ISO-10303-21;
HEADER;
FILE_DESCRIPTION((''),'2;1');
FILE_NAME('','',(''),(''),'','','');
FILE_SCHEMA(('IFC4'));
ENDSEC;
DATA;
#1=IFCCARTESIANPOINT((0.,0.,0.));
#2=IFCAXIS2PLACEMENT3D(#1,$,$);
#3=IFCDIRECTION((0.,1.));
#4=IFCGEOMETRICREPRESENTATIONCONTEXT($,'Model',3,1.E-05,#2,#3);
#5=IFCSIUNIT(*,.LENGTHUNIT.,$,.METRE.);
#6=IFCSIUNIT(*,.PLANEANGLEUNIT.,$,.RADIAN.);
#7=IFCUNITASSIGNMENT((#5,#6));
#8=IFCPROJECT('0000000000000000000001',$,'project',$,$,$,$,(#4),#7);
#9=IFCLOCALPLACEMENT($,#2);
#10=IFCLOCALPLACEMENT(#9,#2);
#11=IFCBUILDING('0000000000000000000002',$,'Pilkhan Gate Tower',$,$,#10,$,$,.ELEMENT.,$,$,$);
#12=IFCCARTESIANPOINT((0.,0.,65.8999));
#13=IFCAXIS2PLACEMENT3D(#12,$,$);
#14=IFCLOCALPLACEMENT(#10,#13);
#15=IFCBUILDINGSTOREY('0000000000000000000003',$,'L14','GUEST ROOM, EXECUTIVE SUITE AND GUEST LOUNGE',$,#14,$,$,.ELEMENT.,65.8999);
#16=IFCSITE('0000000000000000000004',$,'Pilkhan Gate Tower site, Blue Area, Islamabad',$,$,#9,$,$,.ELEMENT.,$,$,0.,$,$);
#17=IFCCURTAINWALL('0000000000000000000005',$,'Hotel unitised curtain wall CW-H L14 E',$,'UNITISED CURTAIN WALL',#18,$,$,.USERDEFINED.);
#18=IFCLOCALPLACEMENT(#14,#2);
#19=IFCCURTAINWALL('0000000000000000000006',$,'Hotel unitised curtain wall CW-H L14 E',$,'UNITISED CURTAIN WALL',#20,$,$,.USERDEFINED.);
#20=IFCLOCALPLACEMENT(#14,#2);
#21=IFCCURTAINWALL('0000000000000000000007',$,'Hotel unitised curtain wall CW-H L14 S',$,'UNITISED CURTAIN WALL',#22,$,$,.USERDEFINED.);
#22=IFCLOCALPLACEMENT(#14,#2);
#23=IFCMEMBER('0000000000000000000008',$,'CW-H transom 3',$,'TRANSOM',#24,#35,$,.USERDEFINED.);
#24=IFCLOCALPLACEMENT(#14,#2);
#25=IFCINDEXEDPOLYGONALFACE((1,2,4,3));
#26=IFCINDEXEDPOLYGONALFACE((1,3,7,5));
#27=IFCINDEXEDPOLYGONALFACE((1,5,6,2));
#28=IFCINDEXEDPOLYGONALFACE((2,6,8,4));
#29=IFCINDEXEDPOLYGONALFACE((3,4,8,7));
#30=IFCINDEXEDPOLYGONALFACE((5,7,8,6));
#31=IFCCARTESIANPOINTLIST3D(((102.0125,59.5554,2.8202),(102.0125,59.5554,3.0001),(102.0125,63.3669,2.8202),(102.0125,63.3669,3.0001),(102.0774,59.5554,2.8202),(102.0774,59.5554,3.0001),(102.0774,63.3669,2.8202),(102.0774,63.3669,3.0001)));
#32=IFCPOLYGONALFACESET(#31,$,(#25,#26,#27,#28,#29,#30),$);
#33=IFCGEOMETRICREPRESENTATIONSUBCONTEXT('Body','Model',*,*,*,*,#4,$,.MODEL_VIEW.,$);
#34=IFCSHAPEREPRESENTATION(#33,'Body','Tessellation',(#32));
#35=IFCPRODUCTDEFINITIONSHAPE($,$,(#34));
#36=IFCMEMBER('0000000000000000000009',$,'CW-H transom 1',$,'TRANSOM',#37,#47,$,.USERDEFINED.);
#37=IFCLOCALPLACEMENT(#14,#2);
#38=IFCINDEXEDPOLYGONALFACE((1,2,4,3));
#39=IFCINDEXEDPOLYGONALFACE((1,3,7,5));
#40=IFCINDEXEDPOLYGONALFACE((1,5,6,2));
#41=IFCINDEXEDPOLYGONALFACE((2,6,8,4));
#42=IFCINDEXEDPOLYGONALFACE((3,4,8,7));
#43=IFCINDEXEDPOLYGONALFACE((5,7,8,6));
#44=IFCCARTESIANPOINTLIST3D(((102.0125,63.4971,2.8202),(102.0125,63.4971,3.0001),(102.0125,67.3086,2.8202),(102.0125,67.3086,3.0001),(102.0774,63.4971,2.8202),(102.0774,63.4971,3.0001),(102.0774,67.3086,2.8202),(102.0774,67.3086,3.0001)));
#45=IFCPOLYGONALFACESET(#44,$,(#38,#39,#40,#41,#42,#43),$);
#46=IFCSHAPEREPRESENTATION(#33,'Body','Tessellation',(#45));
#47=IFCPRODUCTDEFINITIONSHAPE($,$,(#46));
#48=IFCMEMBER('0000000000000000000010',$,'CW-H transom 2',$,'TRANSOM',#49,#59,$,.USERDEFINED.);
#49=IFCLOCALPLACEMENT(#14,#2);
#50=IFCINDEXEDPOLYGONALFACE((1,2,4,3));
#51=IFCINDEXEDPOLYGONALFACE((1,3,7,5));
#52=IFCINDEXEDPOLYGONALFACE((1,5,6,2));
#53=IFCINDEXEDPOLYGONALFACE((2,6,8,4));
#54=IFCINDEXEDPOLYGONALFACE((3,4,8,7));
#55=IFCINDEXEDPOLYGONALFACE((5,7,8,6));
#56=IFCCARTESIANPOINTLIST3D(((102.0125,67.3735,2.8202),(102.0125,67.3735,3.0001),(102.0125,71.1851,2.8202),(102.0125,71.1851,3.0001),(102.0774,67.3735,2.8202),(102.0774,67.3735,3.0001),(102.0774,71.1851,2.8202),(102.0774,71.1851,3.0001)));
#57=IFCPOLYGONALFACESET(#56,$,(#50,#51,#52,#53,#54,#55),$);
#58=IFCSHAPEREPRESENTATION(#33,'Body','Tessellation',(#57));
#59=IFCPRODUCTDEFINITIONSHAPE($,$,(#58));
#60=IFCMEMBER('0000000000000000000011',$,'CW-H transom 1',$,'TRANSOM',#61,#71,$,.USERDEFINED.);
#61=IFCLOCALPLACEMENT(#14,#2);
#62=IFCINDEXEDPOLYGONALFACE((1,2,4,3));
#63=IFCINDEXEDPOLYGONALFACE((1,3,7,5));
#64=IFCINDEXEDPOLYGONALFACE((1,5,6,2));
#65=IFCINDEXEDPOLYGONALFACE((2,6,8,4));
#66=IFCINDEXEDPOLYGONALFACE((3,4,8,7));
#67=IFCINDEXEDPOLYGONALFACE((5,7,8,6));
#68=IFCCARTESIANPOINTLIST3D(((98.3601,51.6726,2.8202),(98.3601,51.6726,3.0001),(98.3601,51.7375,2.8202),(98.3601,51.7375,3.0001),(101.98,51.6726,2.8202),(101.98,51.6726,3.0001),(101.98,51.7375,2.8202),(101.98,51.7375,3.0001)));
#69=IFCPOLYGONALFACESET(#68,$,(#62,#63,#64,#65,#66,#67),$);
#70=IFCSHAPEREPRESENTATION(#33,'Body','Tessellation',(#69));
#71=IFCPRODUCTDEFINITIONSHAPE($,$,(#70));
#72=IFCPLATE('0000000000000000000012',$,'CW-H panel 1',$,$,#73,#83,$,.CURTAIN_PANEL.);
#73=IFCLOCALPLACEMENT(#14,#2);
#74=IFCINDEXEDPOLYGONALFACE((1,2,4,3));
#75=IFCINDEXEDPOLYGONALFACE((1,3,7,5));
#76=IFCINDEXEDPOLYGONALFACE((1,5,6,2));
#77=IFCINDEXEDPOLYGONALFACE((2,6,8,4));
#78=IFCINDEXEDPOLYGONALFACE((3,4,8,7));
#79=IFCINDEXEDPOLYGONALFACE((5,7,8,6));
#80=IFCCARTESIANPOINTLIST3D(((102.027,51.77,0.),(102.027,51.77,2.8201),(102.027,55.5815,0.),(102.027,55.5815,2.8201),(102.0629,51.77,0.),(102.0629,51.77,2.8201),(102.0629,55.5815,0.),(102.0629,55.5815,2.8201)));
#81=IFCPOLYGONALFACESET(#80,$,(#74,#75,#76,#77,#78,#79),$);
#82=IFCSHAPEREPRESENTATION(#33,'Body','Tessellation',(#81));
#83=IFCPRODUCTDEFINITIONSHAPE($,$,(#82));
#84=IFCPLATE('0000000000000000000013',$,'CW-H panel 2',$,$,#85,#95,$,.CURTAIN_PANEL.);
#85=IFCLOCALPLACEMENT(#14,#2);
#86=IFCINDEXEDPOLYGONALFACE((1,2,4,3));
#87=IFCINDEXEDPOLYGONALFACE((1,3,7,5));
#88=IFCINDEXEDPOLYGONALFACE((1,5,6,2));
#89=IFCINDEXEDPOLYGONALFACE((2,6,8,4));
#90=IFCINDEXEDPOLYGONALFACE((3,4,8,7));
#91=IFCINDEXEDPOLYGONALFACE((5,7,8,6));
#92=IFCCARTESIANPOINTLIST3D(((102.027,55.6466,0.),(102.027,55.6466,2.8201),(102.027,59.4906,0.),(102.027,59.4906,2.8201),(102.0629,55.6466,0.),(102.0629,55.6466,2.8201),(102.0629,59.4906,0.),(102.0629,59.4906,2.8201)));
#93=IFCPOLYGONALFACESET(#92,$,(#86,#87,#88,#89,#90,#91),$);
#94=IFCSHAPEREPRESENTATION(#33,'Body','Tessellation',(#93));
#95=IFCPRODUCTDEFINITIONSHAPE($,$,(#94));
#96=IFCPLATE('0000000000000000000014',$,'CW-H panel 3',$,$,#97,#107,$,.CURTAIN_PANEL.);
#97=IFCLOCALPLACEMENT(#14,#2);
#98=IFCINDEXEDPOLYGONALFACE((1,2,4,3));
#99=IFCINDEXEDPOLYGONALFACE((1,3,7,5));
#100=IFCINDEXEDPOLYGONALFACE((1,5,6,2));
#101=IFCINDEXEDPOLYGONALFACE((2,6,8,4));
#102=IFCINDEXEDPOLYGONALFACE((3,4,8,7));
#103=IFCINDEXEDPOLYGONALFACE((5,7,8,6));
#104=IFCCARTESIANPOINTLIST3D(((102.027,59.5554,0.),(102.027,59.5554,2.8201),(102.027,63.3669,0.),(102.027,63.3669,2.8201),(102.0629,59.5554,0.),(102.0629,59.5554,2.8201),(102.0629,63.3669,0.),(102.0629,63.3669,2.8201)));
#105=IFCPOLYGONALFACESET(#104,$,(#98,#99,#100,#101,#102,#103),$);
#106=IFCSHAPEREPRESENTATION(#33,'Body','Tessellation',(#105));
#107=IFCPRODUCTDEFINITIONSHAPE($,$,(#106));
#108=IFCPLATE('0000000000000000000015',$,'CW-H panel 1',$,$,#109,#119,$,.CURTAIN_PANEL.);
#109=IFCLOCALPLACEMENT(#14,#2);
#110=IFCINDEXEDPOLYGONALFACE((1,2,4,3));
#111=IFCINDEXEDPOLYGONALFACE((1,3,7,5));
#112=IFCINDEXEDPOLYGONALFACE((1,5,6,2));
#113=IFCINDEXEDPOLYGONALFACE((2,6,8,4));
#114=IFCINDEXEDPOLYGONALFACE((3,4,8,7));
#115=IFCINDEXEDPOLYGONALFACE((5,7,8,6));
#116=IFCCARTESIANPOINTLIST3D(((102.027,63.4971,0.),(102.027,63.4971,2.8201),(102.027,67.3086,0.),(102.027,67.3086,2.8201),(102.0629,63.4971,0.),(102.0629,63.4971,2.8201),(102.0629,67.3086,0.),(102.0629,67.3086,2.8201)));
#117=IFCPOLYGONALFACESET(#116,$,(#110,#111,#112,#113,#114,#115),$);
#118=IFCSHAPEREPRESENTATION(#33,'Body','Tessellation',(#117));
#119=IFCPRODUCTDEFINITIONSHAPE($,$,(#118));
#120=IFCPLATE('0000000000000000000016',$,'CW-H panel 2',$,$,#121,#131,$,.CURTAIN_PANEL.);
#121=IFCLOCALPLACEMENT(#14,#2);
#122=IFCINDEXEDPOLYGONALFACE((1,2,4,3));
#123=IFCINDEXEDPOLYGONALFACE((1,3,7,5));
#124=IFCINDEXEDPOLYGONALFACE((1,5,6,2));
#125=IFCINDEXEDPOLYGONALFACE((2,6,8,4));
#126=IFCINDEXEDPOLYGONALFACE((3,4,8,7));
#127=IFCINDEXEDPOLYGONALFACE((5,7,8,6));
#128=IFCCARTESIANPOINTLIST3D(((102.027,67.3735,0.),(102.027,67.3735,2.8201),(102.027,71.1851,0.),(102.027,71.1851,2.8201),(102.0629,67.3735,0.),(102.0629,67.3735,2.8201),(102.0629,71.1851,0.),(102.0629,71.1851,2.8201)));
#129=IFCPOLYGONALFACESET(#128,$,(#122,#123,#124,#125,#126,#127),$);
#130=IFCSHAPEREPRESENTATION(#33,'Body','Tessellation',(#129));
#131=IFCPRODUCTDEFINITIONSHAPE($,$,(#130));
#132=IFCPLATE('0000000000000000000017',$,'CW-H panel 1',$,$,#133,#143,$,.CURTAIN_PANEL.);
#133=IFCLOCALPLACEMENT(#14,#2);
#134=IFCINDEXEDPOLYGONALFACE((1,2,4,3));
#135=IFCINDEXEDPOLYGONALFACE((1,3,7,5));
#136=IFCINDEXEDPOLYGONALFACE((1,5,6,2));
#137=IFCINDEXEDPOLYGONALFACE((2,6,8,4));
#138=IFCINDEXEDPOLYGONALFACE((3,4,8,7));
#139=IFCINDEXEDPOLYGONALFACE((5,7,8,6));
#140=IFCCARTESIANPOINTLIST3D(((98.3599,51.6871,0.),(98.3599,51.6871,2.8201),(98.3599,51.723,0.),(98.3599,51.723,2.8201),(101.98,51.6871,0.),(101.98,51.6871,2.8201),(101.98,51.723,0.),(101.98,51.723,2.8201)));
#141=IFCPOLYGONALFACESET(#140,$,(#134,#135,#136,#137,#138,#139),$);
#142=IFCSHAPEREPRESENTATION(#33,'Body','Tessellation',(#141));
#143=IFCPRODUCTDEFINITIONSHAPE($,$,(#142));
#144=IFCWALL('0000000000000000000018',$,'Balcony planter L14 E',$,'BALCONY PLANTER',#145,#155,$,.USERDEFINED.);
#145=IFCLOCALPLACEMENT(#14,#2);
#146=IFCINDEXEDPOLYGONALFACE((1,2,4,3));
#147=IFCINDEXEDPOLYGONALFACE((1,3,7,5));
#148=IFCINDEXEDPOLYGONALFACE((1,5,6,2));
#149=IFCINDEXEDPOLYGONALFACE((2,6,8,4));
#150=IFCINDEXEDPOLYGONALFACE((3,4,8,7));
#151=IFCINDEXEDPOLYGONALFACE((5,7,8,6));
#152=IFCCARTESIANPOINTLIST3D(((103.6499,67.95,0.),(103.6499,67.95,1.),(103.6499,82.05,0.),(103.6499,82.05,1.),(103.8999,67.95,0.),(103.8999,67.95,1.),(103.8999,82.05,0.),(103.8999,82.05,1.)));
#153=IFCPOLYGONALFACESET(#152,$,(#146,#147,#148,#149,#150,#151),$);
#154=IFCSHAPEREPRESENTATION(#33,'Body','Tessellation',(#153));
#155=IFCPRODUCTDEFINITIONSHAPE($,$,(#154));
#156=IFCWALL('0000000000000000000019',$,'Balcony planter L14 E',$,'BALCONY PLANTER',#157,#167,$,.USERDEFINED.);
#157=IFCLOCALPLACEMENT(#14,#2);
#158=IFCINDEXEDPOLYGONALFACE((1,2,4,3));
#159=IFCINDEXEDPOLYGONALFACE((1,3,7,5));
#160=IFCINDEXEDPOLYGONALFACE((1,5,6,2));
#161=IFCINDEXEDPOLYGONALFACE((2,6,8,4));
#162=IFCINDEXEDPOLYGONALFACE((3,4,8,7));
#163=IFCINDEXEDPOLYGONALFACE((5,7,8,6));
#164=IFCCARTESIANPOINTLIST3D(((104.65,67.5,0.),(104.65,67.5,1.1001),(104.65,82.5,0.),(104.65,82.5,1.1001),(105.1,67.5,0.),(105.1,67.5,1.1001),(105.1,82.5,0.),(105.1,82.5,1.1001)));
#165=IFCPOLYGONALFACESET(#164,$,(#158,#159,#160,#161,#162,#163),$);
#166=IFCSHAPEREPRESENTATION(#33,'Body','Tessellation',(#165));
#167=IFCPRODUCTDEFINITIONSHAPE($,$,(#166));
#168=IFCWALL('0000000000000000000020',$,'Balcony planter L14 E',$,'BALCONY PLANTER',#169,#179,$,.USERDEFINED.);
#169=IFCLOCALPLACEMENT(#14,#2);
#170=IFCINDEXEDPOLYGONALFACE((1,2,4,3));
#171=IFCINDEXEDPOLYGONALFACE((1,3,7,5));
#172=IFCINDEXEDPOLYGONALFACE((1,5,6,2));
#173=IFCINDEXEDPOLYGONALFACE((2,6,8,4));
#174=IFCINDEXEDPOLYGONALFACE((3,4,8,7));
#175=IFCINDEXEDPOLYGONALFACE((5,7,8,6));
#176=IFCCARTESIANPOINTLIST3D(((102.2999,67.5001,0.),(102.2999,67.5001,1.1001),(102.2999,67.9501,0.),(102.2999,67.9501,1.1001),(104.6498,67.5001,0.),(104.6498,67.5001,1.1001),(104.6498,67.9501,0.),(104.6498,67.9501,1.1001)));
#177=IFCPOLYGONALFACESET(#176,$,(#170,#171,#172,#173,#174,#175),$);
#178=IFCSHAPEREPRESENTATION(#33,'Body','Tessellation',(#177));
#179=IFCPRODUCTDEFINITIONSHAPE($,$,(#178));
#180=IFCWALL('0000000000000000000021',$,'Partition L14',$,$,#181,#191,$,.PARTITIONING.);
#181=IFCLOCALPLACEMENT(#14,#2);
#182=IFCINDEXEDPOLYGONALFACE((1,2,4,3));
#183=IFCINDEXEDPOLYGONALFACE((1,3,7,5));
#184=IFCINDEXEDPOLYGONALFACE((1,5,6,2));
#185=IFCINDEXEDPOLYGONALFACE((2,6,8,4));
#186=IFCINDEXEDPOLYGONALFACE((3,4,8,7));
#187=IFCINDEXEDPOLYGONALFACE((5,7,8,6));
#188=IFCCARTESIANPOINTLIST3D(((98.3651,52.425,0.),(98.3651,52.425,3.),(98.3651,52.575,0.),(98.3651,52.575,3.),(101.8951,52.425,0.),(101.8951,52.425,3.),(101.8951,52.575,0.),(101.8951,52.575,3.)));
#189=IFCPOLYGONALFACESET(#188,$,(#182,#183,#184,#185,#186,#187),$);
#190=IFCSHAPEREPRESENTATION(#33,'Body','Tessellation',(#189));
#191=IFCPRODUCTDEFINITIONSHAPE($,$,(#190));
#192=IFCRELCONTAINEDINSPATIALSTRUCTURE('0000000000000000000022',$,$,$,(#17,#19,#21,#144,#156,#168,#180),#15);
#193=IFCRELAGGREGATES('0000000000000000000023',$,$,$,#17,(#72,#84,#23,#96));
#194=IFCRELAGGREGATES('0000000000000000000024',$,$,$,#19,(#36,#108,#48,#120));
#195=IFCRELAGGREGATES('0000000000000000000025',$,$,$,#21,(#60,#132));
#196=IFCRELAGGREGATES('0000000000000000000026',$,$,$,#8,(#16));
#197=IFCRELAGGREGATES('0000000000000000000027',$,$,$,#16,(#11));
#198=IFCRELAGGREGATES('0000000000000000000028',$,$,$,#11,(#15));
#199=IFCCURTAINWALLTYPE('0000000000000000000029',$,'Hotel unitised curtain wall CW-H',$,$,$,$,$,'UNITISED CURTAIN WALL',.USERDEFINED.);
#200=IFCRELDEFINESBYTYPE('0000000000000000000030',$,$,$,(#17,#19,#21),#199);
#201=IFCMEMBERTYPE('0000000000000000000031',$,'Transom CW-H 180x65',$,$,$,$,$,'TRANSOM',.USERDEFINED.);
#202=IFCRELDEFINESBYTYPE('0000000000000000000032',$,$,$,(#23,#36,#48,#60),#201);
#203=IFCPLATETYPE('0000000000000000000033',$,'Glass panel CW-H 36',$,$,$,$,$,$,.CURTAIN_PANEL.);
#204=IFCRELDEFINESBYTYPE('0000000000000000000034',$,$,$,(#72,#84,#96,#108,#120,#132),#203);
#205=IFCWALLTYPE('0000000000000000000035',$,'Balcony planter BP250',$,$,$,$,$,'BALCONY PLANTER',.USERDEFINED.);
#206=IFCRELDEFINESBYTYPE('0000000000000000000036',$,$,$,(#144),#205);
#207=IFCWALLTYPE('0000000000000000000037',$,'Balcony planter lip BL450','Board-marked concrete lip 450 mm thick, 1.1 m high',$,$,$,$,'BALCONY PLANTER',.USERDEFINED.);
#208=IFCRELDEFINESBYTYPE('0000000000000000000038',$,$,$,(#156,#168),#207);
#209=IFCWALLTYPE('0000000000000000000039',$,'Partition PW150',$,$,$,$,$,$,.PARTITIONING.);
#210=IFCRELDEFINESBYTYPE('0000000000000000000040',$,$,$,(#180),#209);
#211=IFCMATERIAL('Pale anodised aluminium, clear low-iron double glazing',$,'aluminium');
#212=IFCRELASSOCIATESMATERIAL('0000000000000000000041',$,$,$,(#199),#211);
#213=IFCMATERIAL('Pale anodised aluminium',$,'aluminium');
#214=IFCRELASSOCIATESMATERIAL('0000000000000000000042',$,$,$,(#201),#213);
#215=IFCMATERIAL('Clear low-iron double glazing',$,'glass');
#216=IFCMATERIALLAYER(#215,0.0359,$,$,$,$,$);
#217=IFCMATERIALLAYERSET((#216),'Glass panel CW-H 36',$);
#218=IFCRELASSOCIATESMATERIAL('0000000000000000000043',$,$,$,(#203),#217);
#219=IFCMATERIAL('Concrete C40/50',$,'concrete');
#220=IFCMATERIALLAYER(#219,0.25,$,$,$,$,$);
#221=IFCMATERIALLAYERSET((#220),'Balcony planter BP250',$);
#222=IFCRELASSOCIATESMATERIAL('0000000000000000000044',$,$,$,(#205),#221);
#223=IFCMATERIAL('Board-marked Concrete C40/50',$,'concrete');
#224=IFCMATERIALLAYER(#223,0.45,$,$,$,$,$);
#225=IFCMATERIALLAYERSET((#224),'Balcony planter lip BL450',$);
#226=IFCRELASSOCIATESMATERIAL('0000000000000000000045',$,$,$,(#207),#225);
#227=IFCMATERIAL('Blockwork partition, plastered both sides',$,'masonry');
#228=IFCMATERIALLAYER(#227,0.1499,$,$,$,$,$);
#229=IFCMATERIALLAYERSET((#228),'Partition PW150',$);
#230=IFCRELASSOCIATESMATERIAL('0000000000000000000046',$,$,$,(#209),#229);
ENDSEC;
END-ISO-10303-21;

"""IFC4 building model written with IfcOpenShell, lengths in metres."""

from ifc_helpers import new_model, si_unit, direction, frame, frame_2d, origin, origin_2d, place, context, subcontext, project, spatial, rectangle, extrude, material, layer, layer_set, material_profile, profile_set, type_object, element, aggregate, save


model = new_model("IFC4")

# Units and contexts
model_context = context("Model", 3, precision=1e-05, world=origin(), true_north=direction((0.0, 1.0)))
body_context = subcontext(model_context, "Body", "Model", "MODEL_VIEW")
ifc_project = project(units=[si_unit("LENGTHUNIT", "METRE"), si_unit("PLANEANGLEUNIT", "RADIAN")], contexts=[model_context])

# Site, building, storey
site_placement = place(None, origin())
site = spatial("IfcSite", under=ifc_project, at=site_placement, Name="Pilkhan Gate Tower site, Blue Area, Islamabad", CompositionType="ELEMENT", RefElevation=0.0)
building_placement = place(site_placement, origin())
building = spatial("IfcBuilding", under=site, at=building_placement, Name="Pilkhan Gate Tower", CompositionType="ELEMENT")
storey_placement = place(building_placement, frame((0.0, 0.0, 65.8999)))
storey = spatial("IfcBuildingStorey", under=building, at=storey_placement, Name="L14", Description="GUEST ROOM, EXECUTIVE SUITE AND GUEST LOUNGE", CompositionType="ELEMENT", Elevation=65.8999)

# Curtain walls
ifc_material_1 = material(Name="Pale anodised aluminium, clear low-iron double glazing", Category="aluminium")
curtain_wall_type = type_object("IfcCurtainWallType", Name="Hotel unitised curtain wall CW-H", ElementType="UNITISED CURTAIN WALL", PredefinedType="USERDEFINED", material=ifc_material_1)
curtain_wall_1_placement = place(storey_placement, origin())
curtain_wall_1 = element("IfcCurtainWall", 1, at=curtain_wall_1_placement, inside=storey, type_object=curtain_wall_type, Name="Hotel unitised curtain wall CW-H L14 E", ObjectType="UNITISED CURTAIN WALL", PredefinedType="USERDEFINED")
ifc_material_2 = material(Name="Pale anodised aluminium", Category="aluminium")
curtain_wall_2_placement = place(storey_placement, origin())
curtain_wall_2 = element("IfcCurtainWall", 2, at=curtain_wall_2_placement, inside=storey, type_object=curtain_wall_type, Name="Hotel unitised curtain wall CW-H L14 E", ObjectType="UNITISED CURTAIN WALL", PredefinedType="USERDEFINED")

# Curtain wall
curtain_wall_3_placement = place(storey_placement, origin())
curtain_wall_3 = element("IfcCurtainWall", 3, at=curtain_wall_3_placement, inside=storey, type_object=curtain_wall_type, Name="Hotel unitised curtain wall CW-H L14 S", ObjectType="UNITISED CURTAIN WALL", PredefinedType="USERDEFINED")

# Members
ifc_material_profile_1 = material_profile(ifc_material_2, rectangle(XDim=0.0649, YDim=0.1799, at=origin_2d()), Name="Transom 180x65")
ifc_profile_set_1 = profile_set([ifc_material_profile_1], Name="Pale anodised aluminium")
member_type_1 = type_object("IfcMemberType", Name="Transom CW-H 180x65", ElementType="TRANSOM", PredefinedType="USERDEFINED", material=ifc_profile_set_1)
member_1_placement = place(storey_placement, frame((102.0449, 59.5554, 2.9102), z_axis=(0.0, 1.0, 0.0), x_axis=(-1.0, 0.0, 0.0)))
member_1 = element("IfcMember", 4, at=member_1_placement, type_object=member_type_1, Name="CW-H transom 3", ObjectType="TRANSOM", PredefinedType="USERDEFINED", context=body_context, shape_type="SweptSolid", body=[
    extrude(rectangle(XDim=0.0649, YDim=0.1799, at=origin_2d()), origin(), (0.0, 0.0, 1.0), 3.8115),
])
member_2_placement = place(storey_placement, frame((102.0449, 63.4971, 2.9102), z_axis=(0.0, 1.0, 0.0), x_axis=(-1.0, 0.0, 0.0)))
member_2 = element("IfcMember", 5, at=member_2_placement, type_object=member_type_1, Name="CW-H transom 1", ObjectType="TRANSOM", PredefinedType="USERDEFINED", context=body_context, shape_type="SweptSolid", body=[
    extrude(rectangle(XDim=0.0649, YDim=0.1799, at=origin_2d()), origin(), (0.0, 0.0, 1.0), 3.8115),
])
member_3_placement = place(storey_placement, frame((102.0449, 67.3735, 2.9102), z_axis=(0.0, 1.0, 0.0), x_axis=(-1.0, 0.0, 0.0)))
member_3 = element("IfcMember", 6, at=member_3_placement, type_object=member_type_1, Name="CW-H transom 2", ObjectType="TRANSOM", PredefinedType="USERDEFINED", context=body_context, shape_type="SweptSolid", body=[
    extrude(rectangle(XDim=0.0649, YDim=0.1799, at=origin_2d()), origin(), (0.0, 0.0, 1.0), 3.8115),
])
member_4_placement = place(storey_placement, frame((98.3601, 51.7051, 2.9102), z_axis=(1.0, 0.0, 0.0), x_axis=(0.0, 1.0, 0.0)))
member_4 = element("IfcMember", 7, at=member_4_placement, type_object=member_type_1, Name="CW-H transom 1", ObjectType="TRANSOM", PredefinedType="USERDEFINED", context=body_context, shape_type="SweptSolid", body=[
    extrude(rectangle(XDim=0.0649, YDim=0.1799, at=origin_2d()), origin(), (0.0, 0.0, 1.0), 3.6199),
])

# Plates
ifc_material_3 = material(Name="Clear low-iron double glazing", Category="glass")
ifc_layer_1 = layer(ifc_material_3, 0.0359)
ifc_layer_set_1 = layer_set([ifc_layer_1], Name="Glass panel CW-H 36")
plate_type = type_object("IfcPlateType", Name="Glass panel CW-H 36", PredefinedType="CURTAIN_PANEL", material=ifc_layer_set_1)
plate_1_placement = place(storey_placement, frame((102.0449, 53.6758, 0.0), z_axis=(0.0, 0.0, 1.0), x_axis=(0.0, 1.0, 0.0)))
plate_1 = element("IfcPlate", 8, at=plate_1_placement, type_object=plate_type, Name="CW-H panel 1", PredefinedType="CURTAIN_PANEL", context=body_context, shape_type="SweptSolid", body=[
    extrude(rectangle(XDim=3.8115, YDim=0.0359, at=origin_2d()), origin(), (0.0, 0.0, 1.0), 2.8201),
])
plate_2_placement = place(storey_placement, frame((102.0449, 57.5686, 0.0), z_axis=(0.0, 0.0, 1.0), x_axis=(0.0, 1.0, 0.0)))
plate_2 = element("IfcPlate", 9, at=plate_2_placement, type_object=plate_type, Name="CW-H panel 2", PredefinedType="CURTAIN_PANEL", context=body_context, shape_type="SweptSolid", body=[
    extrude(rectangle(XDim=3.844, YDim=0.0359, at=origin_2d()), origin(), (0.0, 0.0, 1.0), 2.8201),
])
plate_3_placement = place(storey_placement, frame((102.0449, 61.4612, 0.0), z_axis=(0.0, 0.0, 1.0), x_axis=(0.0, 1.0, 0.0)))
plate_3 = element("IfcPlate", 10, at=plate_3_placement, type_object=plate_type, Name="CW-H panel 3", PredefinedType="CURTAIN_PANEL", context=body_context, shape_type="SweptSolid", body=[
    extrude(rectangle(XDim=3.8115, YDim=0.0359, at=origin_2d()), origin(), (0.0, 0.0, 1.0), 2.8201),
])
aggregate(curtain_wall_1, [plate_1, plate_2, member_1, plate_3])
plate_4_placement = place(storey_placement, frame((102.0449, 65.4028, 0.0), z_axis=(0.0, 0.0, 1.0), x_axis=(0.0, 1.0, 0.0)))
plate_4 = element("IfcPlate", 11, at=plate_4_placement, type_object=plate_type, Name="CW-H panel 1", PredefinedType="CURTAIN_PANEL", context=body_context, shape_type="SweptSolid", body=[
    extrude(rectangle(XDim=3.8115, YDim=0.0359, at=origin_2d()), origin(), (0.0, 0.0, 1.0), 2.8201),
])
plate_5_placement = place(storey_placement, frame((102.0449, 69.2793, 0.0), z_axis=(0.0, 0.0, 1.0), x_axis=(0.0, 1.0, 0.0)))
plate_5 = element("IfcPlate", 12, at=plate_5_placement, type_object=plate_type, Name="CW-H panel 2", PredefinedType="CURTAIN_PANEL", context=body_context, shape_type="SweptSolid", body=[
    extrude(rectangle(XDim=3.8115, YDim=0.0359, at=origin_2d()), origin(), (0.0, 0.0, 1.0), 2.8201),
])
aggregate(curtain_wall_2, [member_2, plate_4, member_3, plate_5])
plate_6_placement = place(storey_placement, frame((100.1699, 51.7051, 0.0), z_axis=(0.0, 0.0, 1.0), x_axis=(1.0, 0.0, 0.0)))
plate_6 = element("IfcPlate", 13, at=plate_6_placement, type_object=plate_type, Name="CW-H panel 1", PredefinedType="CURTAIN_PANEL", context=body_context, shape_type="SweptSolid", body=[
    extrude(rectangle(XDim=3.6201, YDim=0.0359, at=origin_2d()), origin(), (0.0, 0.0, 1.0), 2.8201),
])
aggregate(curtain_wall_3, [member_4, plate_6])

# Walls
ifc_material_4 = material(Name="Concrete C40/50", Category="concrete")
ifc_layer_2 = layer(ifc_material_4, 0.25)
ifc_layer_set_2 = layer_set([ifc_layer_2], Name="Balcony planter BP250")
wall_type_1 = type_object("IfcWallType", Name="Balcony planter BP250", ElementType="BALCONY PLANTER", PredefinedType="USERDEFINED", material=ifc_layer_set_2)
wall_1_placement = place(storey_placement, frame((103.7749, 67.95, 0.0), z_axis=(0.0, 0.0, 1.0), x_axis=(0.0, 1.0, 0.0)))
element("IfcWall", 14, at=wall_1_placement, inside=storey, type_object=wall_type_1, Name="Balcony planter L14 E", ObjectType="BALCONY PLANTER", PredefinedType="USERDEFINED", context=body_context, shape_type="SweptSolid", body=[
    extrude(rectangle(XDim=14.1001, YDim=0.25, at=frame_2d((7.05, 0.0))), origin(), (0.0, 0.0, 1.0), 1.0),
])
ifc_material_5 = material(Name="Board-marked Concrete C40/50", Category="concrete")
ifc_layer_3 = layer(ifc_material_5, 0.45)
ifc_layer_set_3 = layer_set([ifc_layer_3], Name="Balcony planter lip BL450")
wall_type_2 = type_object("IfcWallType", Name="Balcony planter lip BL450", Description="Board-marked concrete lip 450 mm thick, 1.1 m high", ElementType="BALCONY PLANTER", PredefinedType="USERDEFINED", material=ifc_layer_set_3)
wall_2_placement = place(storey_placement, frame((104.875, 67.5, 0.0), z_axis=(0.0, 0.0, 1.0), x_axis=(0.0, 1.0, 0.0)))
element("IfcWall", 15, at=wall_2_placement, inside=storey, type_object=wall_type_2, Name="Balcony planter L14 E", ObjectType="BALCONY PLANTER", PredefinedType="USERDEFINED", context=body_context, shape_type="SweptSolid", body=[
    extrude(rectangle(XDim=15.0, YDim=0.45, at=frame_2d((7.5, 0.0))), origin(), (0.0, 0.0, 1.0), 1.1001),
])
wall_3_placement = place(storey_placement, frame((102.3, 67.7251, 0.0), z_axis=(0.0, 0.0, 1.0), x_axis=(1.0, 0.0, 0.0)))
element("IfcWall", 16, at=wall_3_placement, inside=storey, type_object=wall_type_2, Name="Balcony planter L14 E", ObjectType="BALCONY PLANTER", PredefinedType="USERDEFINED", context=body_context, shape_type="SweptSolid", body=[
    extrude(rectangle(XDim=2.3499, YDim=0.45, at=frame_2d((1.1748, 0.0))), origin(), (0.0, 0.0, 1.0), 1.1001),
])
ifc_material_6 = material(Name="Blockwork partition, plastered both sides", Category="masonry")
ifc_layer_4 = layer(ifc_material_6, 0.1499)
ifc_layer_set_4 = layer_set([ifc_layer_4], Name="Partition PW150")
wall_type_3 = type_object("IfcWallType", Name="Partition PW150", PredefinedType="PARTITIONING", material=ifc_layer_set_4)
wall_4_placement = place(storey_placement, frame((98.365, 52.5, 0.0), z_axis=(0.0, 0.0, 1.0), x_axis=(1.0, 0.0, 0.0)))
element("IfcWall", 17, at=wall_4_placement, inside=storey, type_object=wall_type_3, Name="Partition L14", PredefinedType="PARTITIONING", context=body_context, shape_type="SweptSolid", body=[
    extrude(rectangle(XDim=3.53, YDim=0.1499, at=frame_2d((1.7651, 0.0))), origin(), (0.0, 0.0, 1.0), 3.0),
])

save(model, "model.ifc")
